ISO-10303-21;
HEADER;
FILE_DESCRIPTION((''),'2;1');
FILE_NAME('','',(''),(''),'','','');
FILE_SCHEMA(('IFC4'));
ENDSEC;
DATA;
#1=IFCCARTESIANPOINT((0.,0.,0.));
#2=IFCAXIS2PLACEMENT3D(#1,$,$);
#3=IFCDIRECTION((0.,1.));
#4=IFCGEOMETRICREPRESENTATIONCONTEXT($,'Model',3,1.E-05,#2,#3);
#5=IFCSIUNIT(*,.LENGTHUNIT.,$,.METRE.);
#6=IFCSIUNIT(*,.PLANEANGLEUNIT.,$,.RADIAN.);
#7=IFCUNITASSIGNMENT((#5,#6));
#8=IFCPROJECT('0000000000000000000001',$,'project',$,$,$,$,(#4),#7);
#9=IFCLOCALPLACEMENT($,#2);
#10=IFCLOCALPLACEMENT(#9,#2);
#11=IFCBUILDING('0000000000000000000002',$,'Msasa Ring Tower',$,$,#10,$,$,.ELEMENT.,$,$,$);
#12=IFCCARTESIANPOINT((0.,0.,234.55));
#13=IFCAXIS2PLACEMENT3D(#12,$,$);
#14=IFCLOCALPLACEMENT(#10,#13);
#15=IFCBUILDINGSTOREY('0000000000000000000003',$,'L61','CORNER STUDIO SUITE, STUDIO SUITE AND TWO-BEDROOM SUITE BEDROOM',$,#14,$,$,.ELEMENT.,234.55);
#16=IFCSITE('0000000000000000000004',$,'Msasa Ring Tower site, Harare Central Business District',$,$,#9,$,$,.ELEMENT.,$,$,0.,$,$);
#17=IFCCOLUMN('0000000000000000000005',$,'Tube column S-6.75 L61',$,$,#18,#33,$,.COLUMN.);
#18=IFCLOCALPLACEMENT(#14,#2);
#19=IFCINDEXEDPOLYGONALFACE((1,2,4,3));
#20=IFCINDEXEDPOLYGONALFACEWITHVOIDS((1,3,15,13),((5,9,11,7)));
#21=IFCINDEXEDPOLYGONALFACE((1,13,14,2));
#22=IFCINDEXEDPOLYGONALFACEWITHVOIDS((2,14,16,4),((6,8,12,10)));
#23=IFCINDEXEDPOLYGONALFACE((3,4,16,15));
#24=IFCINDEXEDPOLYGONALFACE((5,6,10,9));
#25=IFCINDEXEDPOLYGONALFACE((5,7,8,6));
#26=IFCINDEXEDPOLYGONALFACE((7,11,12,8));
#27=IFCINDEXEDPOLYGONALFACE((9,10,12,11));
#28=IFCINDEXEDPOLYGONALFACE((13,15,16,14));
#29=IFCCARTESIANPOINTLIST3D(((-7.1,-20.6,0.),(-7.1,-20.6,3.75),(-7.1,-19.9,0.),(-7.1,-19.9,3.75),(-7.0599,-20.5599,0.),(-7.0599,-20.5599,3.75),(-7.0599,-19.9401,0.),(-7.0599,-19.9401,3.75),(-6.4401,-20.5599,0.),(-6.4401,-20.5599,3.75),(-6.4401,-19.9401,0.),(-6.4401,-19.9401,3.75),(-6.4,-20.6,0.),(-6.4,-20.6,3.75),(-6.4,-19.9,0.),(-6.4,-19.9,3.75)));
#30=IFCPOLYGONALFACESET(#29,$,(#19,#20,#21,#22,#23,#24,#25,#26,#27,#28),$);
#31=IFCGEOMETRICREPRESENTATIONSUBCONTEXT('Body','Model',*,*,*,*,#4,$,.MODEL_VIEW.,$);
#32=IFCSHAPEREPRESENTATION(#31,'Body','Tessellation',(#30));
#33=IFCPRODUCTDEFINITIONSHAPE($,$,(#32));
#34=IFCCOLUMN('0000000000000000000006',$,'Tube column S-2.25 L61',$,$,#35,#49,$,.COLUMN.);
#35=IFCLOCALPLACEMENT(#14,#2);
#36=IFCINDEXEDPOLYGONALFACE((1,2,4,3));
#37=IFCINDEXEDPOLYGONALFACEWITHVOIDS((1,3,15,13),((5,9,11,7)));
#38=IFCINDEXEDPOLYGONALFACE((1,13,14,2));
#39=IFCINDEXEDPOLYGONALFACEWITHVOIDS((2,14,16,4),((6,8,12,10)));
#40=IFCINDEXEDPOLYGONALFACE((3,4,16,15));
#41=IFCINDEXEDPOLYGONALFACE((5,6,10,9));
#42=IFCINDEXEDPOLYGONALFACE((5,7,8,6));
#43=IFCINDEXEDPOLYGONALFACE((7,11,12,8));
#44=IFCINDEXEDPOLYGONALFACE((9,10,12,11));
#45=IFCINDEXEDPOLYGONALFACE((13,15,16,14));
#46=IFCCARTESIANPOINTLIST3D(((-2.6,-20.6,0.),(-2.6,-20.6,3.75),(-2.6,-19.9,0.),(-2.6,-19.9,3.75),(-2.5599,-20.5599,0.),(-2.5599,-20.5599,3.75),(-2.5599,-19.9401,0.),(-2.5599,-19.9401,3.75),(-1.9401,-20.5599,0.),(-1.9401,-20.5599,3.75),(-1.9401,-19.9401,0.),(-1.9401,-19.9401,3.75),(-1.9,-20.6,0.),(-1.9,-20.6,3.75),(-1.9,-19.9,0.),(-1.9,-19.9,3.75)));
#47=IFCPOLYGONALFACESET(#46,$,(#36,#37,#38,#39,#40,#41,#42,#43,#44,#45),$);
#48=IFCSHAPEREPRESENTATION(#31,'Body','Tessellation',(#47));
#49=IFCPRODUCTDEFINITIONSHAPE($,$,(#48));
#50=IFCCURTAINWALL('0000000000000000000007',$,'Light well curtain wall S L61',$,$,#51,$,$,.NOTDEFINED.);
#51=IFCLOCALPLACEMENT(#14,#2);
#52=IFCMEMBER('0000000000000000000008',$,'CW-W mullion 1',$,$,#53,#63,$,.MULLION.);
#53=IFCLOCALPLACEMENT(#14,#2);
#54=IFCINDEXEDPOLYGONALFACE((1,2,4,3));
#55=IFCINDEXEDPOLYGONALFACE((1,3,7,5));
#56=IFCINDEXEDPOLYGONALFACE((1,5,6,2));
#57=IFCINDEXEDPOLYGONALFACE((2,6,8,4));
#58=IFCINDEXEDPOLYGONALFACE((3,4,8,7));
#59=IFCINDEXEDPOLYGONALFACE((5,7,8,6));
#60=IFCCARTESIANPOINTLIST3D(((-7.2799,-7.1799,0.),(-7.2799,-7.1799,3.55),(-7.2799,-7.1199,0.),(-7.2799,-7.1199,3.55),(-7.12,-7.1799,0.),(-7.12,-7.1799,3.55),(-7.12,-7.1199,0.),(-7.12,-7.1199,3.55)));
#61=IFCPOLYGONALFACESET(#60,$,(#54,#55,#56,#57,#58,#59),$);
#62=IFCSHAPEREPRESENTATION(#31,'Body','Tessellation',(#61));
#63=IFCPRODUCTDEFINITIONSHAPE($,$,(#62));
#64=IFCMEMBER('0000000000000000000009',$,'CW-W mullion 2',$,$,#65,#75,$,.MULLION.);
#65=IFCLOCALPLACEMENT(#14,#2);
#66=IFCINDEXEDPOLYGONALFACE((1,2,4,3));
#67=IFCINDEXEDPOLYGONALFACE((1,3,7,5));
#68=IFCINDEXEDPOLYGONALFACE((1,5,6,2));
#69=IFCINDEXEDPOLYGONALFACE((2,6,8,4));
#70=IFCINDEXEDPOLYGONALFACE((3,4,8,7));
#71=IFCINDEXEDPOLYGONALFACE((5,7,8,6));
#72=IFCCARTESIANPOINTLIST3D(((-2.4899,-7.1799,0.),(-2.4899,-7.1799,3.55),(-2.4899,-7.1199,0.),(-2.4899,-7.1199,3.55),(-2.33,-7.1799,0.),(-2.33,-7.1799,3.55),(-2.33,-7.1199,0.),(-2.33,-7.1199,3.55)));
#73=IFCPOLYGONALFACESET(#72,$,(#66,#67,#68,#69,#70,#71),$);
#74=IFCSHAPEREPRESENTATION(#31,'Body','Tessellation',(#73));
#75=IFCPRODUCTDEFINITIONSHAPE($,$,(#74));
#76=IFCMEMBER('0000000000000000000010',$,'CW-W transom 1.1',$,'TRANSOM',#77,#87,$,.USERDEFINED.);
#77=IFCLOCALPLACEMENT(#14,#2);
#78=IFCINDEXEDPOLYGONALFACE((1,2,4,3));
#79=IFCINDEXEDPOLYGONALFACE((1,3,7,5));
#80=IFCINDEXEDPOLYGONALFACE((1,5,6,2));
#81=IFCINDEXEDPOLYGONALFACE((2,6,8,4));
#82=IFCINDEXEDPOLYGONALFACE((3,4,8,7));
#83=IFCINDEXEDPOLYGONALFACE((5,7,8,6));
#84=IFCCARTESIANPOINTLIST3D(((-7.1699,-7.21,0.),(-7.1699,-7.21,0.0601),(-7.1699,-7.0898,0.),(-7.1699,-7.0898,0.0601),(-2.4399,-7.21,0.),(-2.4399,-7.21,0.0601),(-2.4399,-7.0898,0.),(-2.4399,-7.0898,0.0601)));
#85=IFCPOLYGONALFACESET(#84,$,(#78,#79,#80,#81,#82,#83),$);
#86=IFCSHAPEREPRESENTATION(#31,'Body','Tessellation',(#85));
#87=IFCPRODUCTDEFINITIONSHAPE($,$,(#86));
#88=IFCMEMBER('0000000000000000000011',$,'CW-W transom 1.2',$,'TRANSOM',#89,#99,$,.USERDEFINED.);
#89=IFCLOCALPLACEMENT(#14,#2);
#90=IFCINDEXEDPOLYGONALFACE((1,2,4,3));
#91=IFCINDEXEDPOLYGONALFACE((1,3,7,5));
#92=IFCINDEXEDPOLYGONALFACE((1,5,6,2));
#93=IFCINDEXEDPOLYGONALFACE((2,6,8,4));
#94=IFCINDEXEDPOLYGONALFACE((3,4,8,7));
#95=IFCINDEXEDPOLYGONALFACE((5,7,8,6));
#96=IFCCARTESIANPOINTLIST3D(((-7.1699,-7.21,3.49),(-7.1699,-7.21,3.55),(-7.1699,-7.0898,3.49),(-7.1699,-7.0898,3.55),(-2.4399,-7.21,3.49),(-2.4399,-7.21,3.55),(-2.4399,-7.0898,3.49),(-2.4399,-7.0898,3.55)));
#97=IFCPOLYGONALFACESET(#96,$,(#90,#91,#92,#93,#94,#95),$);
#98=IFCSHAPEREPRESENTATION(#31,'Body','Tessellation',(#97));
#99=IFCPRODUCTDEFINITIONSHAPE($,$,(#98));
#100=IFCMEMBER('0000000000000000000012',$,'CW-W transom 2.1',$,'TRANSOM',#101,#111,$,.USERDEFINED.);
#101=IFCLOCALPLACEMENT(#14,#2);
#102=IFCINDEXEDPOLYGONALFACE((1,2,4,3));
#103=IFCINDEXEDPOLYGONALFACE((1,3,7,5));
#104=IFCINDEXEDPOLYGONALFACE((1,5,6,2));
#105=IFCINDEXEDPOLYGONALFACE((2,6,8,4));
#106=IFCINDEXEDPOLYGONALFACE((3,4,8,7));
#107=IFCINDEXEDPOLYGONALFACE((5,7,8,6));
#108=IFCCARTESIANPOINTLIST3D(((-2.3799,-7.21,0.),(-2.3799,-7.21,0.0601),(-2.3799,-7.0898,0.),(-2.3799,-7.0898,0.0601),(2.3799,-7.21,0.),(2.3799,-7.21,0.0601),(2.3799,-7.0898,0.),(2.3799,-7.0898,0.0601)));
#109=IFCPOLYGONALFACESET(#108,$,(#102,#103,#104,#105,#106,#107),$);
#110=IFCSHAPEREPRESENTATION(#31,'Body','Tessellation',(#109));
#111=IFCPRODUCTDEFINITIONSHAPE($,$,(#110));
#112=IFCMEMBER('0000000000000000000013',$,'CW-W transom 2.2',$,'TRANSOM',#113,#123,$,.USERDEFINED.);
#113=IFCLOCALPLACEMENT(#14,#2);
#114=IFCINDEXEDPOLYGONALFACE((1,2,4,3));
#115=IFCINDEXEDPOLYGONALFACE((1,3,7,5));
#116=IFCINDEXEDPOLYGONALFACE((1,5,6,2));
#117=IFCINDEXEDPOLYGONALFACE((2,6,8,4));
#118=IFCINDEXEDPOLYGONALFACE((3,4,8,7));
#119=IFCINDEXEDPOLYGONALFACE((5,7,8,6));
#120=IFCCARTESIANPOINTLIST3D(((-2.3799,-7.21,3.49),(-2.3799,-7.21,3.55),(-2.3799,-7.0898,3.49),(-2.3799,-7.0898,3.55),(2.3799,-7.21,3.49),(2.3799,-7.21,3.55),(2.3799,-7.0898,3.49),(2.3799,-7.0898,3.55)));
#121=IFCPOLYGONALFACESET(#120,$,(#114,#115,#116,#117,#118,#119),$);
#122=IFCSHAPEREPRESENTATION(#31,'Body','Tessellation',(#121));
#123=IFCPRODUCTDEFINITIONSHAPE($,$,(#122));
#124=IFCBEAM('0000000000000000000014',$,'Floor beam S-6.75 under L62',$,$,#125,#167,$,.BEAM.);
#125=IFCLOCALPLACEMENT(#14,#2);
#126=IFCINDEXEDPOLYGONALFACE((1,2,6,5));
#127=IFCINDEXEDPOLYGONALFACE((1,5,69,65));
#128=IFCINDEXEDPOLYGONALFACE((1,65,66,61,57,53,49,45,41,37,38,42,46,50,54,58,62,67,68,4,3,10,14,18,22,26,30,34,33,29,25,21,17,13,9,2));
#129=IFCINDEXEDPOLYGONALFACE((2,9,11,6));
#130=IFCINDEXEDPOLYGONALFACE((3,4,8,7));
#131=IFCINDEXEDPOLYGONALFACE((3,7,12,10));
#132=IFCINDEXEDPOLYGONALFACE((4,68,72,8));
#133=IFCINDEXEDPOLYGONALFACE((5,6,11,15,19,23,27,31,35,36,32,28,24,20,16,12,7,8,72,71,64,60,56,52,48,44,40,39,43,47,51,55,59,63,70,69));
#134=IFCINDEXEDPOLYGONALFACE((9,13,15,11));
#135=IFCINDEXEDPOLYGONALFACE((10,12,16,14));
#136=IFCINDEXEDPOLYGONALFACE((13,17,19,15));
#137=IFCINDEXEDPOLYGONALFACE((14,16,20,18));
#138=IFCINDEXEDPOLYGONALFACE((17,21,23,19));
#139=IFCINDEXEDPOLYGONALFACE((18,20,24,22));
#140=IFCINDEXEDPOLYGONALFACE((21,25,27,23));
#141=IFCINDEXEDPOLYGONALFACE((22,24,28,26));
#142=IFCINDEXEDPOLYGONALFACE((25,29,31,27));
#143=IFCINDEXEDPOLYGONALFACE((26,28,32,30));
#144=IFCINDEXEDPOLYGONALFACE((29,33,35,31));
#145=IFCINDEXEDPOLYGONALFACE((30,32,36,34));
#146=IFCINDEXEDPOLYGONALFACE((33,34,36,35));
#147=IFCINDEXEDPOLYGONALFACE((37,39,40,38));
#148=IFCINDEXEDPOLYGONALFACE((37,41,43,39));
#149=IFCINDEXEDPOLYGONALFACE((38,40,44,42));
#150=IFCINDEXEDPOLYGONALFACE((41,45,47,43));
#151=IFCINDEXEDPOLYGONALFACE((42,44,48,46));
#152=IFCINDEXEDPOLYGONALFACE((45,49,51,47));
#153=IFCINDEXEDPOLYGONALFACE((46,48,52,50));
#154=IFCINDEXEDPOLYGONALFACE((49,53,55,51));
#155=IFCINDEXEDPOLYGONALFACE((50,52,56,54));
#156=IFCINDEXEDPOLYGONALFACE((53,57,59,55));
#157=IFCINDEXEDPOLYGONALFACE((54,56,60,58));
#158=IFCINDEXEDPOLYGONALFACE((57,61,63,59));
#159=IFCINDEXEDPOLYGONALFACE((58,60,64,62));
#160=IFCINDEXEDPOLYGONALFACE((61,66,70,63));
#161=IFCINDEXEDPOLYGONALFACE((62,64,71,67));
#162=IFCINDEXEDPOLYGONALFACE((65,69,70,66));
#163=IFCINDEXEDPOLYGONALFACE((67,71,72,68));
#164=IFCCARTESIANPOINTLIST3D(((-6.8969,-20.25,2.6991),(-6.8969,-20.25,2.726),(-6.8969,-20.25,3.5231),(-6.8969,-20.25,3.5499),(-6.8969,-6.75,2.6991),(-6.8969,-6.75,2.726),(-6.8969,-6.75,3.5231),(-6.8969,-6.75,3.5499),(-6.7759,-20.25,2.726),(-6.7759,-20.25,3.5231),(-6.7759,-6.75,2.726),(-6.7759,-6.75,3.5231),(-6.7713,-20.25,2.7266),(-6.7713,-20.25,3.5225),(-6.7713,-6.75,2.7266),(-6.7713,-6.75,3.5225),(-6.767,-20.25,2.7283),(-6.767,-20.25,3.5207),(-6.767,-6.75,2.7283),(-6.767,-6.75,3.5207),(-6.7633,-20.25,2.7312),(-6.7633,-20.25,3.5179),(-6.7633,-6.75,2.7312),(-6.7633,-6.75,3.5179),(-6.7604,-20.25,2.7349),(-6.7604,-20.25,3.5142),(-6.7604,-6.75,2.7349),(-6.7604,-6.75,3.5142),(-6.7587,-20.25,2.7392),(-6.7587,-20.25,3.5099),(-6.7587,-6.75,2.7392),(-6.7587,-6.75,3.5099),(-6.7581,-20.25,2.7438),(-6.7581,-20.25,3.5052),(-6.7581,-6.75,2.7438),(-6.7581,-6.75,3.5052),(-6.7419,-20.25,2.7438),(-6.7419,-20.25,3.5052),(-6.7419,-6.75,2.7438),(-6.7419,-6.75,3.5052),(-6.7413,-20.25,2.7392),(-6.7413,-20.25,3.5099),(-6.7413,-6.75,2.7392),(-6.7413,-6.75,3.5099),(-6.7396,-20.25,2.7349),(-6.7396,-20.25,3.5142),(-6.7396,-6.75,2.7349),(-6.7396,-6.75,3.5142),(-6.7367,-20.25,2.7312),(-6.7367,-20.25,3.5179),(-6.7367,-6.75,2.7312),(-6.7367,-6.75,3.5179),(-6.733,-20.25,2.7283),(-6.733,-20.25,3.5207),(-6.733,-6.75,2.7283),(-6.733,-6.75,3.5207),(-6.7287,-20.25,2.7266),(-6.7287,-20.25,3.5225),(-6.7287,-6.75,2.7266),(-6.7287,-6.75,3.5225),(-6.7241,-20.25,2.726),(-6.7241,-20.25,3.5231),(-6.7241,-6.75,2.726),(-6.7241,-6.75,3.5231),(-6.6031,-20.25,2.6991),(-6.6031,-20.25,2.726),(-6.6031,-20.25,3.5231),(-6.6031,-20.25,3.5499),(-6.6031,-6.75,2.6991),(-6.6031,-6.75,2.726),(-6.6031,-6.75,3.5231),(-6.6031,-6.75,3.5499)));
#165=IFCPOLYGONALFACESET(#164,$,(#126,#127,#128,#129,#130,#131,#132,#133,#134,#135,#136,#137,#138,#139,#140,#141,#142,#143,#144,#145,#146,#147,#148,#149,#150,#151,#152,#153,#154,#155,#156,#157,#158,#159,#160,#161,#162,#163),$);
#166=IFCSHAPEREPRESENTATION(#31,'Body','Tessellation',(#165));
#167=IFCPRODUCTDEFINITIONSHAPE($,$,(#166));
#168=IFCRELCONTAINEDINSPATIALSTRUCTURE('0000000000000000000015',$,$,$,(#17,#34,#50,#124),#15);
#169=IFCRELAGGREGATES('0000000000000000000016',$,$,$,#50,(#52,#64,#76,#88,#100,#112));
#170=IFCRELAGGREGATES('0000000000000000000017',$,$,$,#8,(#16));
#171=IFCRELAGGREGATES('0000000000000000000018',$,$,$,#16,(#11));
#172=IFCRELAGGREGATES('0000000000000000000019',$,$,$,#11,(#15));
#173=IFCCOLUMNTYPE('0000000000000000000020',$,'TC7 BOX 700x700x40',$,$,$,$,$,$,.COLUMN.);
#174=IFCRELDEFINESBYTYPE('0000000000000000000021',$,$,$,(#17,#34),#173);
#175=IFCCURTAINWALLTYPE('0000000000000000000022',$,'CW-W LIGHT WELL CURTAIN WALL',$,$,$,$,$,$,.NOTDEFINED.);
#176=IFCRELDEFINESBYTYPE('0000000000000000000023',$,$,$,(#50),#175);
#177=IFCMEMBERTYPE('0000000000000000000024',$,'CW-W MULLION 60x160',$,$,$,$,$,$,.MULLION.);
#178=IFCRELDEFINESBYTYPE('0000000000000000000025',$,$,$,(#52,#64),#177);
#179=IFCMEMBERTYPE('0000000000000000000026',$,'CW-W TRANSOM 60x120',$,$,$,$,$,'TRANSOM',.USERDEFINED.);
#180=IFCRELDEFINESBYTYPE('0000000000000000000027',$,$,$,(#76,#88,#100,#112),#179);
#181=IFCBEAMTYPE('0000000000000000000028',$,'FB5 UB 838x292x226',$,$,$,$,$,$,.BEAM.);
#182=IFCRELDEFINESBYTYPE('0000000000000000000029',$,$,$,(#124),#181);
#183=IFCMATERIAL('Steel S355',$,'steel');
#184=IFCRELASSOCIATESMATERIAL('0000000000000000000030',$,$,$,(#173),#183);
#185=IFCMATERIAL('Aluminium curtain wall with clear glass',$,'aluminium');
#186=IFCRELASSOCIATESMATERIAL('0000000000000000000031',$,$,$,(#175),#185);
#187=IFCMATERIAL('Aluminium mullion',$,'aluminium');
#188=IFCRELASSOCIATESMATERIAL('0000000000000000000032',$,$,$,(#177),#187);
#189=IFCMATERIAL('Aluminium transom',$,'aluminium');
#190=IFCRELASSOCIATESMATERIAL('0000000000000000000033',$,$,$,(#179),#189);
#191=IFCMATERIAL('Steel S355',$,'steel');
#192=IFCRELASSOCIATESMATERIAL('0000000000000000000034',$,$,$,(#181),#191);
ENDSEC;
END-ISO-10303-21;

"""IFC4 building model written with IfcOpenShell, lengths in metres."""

from ifc_helpers import new_model, si_unit, direction, frame, origin, origin_2d, place, context, subcontext, project, spatial, rectangle, hollow_rectangle, i_section, extrude, material, material_profile, profile_set, type_object, element, aggregate, save


model = new_model("IFC4")

# Units and contexts
model_context = context("Model", 3, precision=1e-05, world=origin(), true_north=direction((0.0, 1.0)))
body_context = subcontext(model_context, "Body", "Model", "MODEL_VIEW")
ifc_project = project(units=[si_unit("LENGTHUNIT", "METRE"), si_unit("PLANEANGLEUNIT", "RADIAN")], contexts=[model_context])

# Site, building, storey
site_placement = place(None, origin())
site = spatial("IfcSite", under=ifc_project, at=site_placement, Name="Msasa Ring Tower site, Harare Central Business District", CompositionType="ELEMENT", RefElevation=0.0)
building_placement = place(site_placement, origin())
building = spatial("IfcBuilding", under=site, at=building_placement, Name="Msasa Ring Tower", CompositionType="ELEMENT")
storey_placement = place(building_placement, frame((0.0, 0.0, 234.55)))
storey = spatial("IfcBuildingStorey", under=building, at=storey_placement, Name="L61", Description="CORNER STUDIO SUITE, STUDIO SUITE AND TWO-BEDROOM SUITE BEDROOM", CompositionType="ELEMENT", Elevation=234.55)

# Columns
ifc_material_1 = material(Name="Steel S355", Category="steel")
ifc_material_profile_1 = material_profile(ifc_material_1, hollow_rectangle(XDim=0.7, YDim=0.7, WallThickness=0.04, at=origin_2d()), Name="BOX 700x700x40")
ifc_profile_set_1 = profile_set([ifc_material_profile_1], Name="Steel S355")
column_type = type_object("IfcColumnType", Name="TC7 BOX 700x700x40", PredefinedType="COLUMN", material=ifc_profile_set_1)
for number, where, z_axis, x_axis, name in (
    (1, (-6.75, -20.25, 0.0), (0.0, 0.0, 1.0), (0.0, 1.0, 0.0), "Tube column S-6.75 L61"),
    (2, (-2.25, -20.25, 0.0), (0.0, 0.0, 1.0), (0.0, 1.0, 0.0), "Tube column S-2.25 L61"),
):
    element("IfcColumn", number, at=place(storey_placement, frame(where, z_axis=z_axis, x_axis=x_axis)), inside=storey, type_object=column_type, Name=name, PredefinedType="COLUMN", context=body_context, shape_type="SweptSolid", body=[
        extrude(hollow_rectangle(XDim=0.7, YDim=0.7, WallThickness=0.04, at=origin_2d()), origin(), (0.0, 0.0, 1.0), 3.75),
    ])

# Curtain wall, members
ifc_material_2 = material(Name="Aluminium curtain wall with clear glass", Category="aluminium")
curtain_wall_type = type_object("IfcCurtainWallType", Name="CW-W LIGHT WELL CURTAIN WALL", PredefinedType="NOTDEFINED", material=ifc_material_2)
curtain_wall_placement = place(storey_placement, origin())
curtain_wall = element("IfcCurtainWall", 3, at=curtain_wall_placement, inside=storey, type_object=curtain_wall_type, Name="Light well curtain wall S L61", PredefinedType="NOTDEFINED")
ifc_material_3 = material(Name="Aluminium mullion", Category="aluminium")
ifc_material_profile_2 = material_profile(ifc_material_3, rectangle(XDim=0.0601, YDim=0.1599, at=origin_2d()), Name="AL 60x160")
ifc_profile_set_2 = profile_set([ifc_material_profile_2], Name="Aluminium mullion")
member_type_1 = type_object("IfcMemberType", Name="CW-W MULLION 60x160", PredefinedType="MULLION", material=ifc_profile_set_2)
member_1_placement = place(storey_placement, frame((-7.2, -7.1499, 0.0), z_axis=(0.0, 0.0, 1.0), x_axis=(0.0, 1.0, 0.0)))
member_1 = element("IfcMember", 4, at=member_1_placement, type_object=member_type_1, Name="CW-W mullion 1", PredefinedType="MULLION", context=body_context, shape_type="SweptSolid", body=[
    extrude(rectangle(XDim=0.0601, YDim=0.1599, at=origin_2d()), origin(), (0.0, 0.0, 1.0), 3.55),
])
member_2_placement = place(storey_placement, frame((-2.4099, -7.1499, 0.0), z_axis=(0.0, 0.0, 1.0), x_axis=(0.0, 1.0, 0.0)))
member_2 = element("IfcMember", 5, at=member_2_placement, type_object=member_type_1, Name="CW-W mullion 2", PredefinedType="MULLION", context=body_context, shape_type="SweptSolid", body=[
    extrude(rectangle(XDim=0.0601, YDim=0.1599, at=origin_2d()), origin(), (0.0, 0.0, 1.0), 3.55),
])
ifc_material_4 = material(Name="Aluminium transom", Category="aluminium")
ifc_material_profile_3 = material_profile(ifc_material_4, rectangle(XDim=0.1201, YDim=0.0601, at=origin_2d()), Name="AL 60x120")
ifc_profile_set_3 = profile_set([ifc_material_profile_3], Name="Aluminium transom")
member_type_2 = type_object("IfcMemberType", Name="CW-W TRANSOM 60x120", ElementType="TRANSOM", PredefinedType="USERDEFINED", material=ifc_profile_set_3)
member_3_placement = place(storey_placement, frame((-7.1699, -7.1499, 0.03), z_axis=(1.0, 0.0, 0.0), x_axis=(0.0, 1.0, 0.0)))
member_3 = element("IfcMember", 6, at=member_3_placement, type_object=member_type_2, Name="CW-W transom 1.1", ObjectType="TRANSOM", PredefinedType="USERDEFINED", context=body_context, shape_type="SweptSolid", body=[
    extrude(rectangle(XDim=0.1201, YDim=0.0601, at=origin_2d()), origin(), (0.0, 0.0, 1.0), 4.73),
])
member_4_placement = place(storey_placement, frame((-7.1699, -7.1499, 3.52), z_axis=(1.0, 0.0, 0.0), x_axis=(0.0, 1.0, 0.0)))
member_4 = element("IfcMember", 7, at=member_4_placement, type_object=member_type_2, Name="CW-W transom 1.2", ObjectType="TRANSOM", PredefinedType="USERDEFINED", context=body_context, shape_type="SweptSolid", body=[
    extrude(rectangle(XDim=0.1201, YDim=0.0601, at=origin_2d()), origin(), (0.0, 0.0, 1.0), 4.73),
])
member_5_placement = place(storey_placement, frame((-2.3799, -7.1499, 0.03), z_axis=(1.0, 0.0, 0.0), x_axis=(0.0, 1.0, 0.0)))
member_5 = element("IfcMember", 8, at=member_5_placement, type_object=member_type_2, Name="CW-W transom 2.1", ObjectType="TRANSOM", PredefinedType="USERDEFINED", context=body_context, shape_type="SweptSolid", body=[
    extrude(rectangle(XDim=0.1201, YDim=0.0601, at=origin_2d()), origin(), (0.0, 0.0, 1.0), 4.7598),
])
member_6_placement = place(storey_placement, frame((-2.3799, -7.1499, 3.52), z_axis=(1.0, 0.0, 0.0), x_axis=(0.0, 1.0, 0.0)))
member_6 = element("IfcMember", 9, at=member_6_placement, type_object=member_type_2, Name="CW-W transom 2.2", ObjectType="TRANSOM", PredefinedType="USERDEFINED", context=body_context, shape_type="SweptSolid", body=[
    extrude(rectangle(XDim=0.1201, YDim=0.0601, at=origin_2d()), origin(), (0.0, 0.0, 1.0), 4.7598),
])

# Beam
ifc_material_5 = material(Name="Steel S355", Category="steel")
ifc_material_profile_4 = material_profile(ifc_material_5, i_section(OverallWidth=0.2937, OverallDepth=0.8508, WebThickness=0.0161, FlangeThickness=0.0269, FilletRadius=0.0178, at=origin_2d()), Name="UB 838x292x226")
ifc_profile_set_4 = profile_set([ifc_material_profile_4], Name="Steel S355")
beam_type_1 = type_object("IfcBeamType", Name="FB5 UB 838x292x226", PredefinedType="BEAM", material=ifc_profile_set_4)
for number, where, z_axis, x_axis, name in (
    (10, (-6.75, -20.25, 3.1245), (0.0, 1.0, 0.0), (-1.0, 0.0, 0.0), "Floor beam S-6.75 under L62"),
):
    element("IfcBeam", number, at=place(storey_placement, frame(where, z_axis=z_axis, x_axis=x_axis)), inside=storey, type_object=beam_type_1, Name=name, PredefinedType="BEAM", context=body_context, shape_type="SweptSolid", body=[
        extrude(i_section(OverallWidth=0.2937, OverallDepth=0.8508, WebThickness=0.0161, FlangeThickness=0.0269, FilletRadius=0.0178, at=origin_2d()), origin(), (0.0, 0.0, 1.0), 13.5),
    ])

aggregate(curtain_wall, [member_1, member_2, member_3, member_4, member_5, member_6])

save(model, "model.ifc")
